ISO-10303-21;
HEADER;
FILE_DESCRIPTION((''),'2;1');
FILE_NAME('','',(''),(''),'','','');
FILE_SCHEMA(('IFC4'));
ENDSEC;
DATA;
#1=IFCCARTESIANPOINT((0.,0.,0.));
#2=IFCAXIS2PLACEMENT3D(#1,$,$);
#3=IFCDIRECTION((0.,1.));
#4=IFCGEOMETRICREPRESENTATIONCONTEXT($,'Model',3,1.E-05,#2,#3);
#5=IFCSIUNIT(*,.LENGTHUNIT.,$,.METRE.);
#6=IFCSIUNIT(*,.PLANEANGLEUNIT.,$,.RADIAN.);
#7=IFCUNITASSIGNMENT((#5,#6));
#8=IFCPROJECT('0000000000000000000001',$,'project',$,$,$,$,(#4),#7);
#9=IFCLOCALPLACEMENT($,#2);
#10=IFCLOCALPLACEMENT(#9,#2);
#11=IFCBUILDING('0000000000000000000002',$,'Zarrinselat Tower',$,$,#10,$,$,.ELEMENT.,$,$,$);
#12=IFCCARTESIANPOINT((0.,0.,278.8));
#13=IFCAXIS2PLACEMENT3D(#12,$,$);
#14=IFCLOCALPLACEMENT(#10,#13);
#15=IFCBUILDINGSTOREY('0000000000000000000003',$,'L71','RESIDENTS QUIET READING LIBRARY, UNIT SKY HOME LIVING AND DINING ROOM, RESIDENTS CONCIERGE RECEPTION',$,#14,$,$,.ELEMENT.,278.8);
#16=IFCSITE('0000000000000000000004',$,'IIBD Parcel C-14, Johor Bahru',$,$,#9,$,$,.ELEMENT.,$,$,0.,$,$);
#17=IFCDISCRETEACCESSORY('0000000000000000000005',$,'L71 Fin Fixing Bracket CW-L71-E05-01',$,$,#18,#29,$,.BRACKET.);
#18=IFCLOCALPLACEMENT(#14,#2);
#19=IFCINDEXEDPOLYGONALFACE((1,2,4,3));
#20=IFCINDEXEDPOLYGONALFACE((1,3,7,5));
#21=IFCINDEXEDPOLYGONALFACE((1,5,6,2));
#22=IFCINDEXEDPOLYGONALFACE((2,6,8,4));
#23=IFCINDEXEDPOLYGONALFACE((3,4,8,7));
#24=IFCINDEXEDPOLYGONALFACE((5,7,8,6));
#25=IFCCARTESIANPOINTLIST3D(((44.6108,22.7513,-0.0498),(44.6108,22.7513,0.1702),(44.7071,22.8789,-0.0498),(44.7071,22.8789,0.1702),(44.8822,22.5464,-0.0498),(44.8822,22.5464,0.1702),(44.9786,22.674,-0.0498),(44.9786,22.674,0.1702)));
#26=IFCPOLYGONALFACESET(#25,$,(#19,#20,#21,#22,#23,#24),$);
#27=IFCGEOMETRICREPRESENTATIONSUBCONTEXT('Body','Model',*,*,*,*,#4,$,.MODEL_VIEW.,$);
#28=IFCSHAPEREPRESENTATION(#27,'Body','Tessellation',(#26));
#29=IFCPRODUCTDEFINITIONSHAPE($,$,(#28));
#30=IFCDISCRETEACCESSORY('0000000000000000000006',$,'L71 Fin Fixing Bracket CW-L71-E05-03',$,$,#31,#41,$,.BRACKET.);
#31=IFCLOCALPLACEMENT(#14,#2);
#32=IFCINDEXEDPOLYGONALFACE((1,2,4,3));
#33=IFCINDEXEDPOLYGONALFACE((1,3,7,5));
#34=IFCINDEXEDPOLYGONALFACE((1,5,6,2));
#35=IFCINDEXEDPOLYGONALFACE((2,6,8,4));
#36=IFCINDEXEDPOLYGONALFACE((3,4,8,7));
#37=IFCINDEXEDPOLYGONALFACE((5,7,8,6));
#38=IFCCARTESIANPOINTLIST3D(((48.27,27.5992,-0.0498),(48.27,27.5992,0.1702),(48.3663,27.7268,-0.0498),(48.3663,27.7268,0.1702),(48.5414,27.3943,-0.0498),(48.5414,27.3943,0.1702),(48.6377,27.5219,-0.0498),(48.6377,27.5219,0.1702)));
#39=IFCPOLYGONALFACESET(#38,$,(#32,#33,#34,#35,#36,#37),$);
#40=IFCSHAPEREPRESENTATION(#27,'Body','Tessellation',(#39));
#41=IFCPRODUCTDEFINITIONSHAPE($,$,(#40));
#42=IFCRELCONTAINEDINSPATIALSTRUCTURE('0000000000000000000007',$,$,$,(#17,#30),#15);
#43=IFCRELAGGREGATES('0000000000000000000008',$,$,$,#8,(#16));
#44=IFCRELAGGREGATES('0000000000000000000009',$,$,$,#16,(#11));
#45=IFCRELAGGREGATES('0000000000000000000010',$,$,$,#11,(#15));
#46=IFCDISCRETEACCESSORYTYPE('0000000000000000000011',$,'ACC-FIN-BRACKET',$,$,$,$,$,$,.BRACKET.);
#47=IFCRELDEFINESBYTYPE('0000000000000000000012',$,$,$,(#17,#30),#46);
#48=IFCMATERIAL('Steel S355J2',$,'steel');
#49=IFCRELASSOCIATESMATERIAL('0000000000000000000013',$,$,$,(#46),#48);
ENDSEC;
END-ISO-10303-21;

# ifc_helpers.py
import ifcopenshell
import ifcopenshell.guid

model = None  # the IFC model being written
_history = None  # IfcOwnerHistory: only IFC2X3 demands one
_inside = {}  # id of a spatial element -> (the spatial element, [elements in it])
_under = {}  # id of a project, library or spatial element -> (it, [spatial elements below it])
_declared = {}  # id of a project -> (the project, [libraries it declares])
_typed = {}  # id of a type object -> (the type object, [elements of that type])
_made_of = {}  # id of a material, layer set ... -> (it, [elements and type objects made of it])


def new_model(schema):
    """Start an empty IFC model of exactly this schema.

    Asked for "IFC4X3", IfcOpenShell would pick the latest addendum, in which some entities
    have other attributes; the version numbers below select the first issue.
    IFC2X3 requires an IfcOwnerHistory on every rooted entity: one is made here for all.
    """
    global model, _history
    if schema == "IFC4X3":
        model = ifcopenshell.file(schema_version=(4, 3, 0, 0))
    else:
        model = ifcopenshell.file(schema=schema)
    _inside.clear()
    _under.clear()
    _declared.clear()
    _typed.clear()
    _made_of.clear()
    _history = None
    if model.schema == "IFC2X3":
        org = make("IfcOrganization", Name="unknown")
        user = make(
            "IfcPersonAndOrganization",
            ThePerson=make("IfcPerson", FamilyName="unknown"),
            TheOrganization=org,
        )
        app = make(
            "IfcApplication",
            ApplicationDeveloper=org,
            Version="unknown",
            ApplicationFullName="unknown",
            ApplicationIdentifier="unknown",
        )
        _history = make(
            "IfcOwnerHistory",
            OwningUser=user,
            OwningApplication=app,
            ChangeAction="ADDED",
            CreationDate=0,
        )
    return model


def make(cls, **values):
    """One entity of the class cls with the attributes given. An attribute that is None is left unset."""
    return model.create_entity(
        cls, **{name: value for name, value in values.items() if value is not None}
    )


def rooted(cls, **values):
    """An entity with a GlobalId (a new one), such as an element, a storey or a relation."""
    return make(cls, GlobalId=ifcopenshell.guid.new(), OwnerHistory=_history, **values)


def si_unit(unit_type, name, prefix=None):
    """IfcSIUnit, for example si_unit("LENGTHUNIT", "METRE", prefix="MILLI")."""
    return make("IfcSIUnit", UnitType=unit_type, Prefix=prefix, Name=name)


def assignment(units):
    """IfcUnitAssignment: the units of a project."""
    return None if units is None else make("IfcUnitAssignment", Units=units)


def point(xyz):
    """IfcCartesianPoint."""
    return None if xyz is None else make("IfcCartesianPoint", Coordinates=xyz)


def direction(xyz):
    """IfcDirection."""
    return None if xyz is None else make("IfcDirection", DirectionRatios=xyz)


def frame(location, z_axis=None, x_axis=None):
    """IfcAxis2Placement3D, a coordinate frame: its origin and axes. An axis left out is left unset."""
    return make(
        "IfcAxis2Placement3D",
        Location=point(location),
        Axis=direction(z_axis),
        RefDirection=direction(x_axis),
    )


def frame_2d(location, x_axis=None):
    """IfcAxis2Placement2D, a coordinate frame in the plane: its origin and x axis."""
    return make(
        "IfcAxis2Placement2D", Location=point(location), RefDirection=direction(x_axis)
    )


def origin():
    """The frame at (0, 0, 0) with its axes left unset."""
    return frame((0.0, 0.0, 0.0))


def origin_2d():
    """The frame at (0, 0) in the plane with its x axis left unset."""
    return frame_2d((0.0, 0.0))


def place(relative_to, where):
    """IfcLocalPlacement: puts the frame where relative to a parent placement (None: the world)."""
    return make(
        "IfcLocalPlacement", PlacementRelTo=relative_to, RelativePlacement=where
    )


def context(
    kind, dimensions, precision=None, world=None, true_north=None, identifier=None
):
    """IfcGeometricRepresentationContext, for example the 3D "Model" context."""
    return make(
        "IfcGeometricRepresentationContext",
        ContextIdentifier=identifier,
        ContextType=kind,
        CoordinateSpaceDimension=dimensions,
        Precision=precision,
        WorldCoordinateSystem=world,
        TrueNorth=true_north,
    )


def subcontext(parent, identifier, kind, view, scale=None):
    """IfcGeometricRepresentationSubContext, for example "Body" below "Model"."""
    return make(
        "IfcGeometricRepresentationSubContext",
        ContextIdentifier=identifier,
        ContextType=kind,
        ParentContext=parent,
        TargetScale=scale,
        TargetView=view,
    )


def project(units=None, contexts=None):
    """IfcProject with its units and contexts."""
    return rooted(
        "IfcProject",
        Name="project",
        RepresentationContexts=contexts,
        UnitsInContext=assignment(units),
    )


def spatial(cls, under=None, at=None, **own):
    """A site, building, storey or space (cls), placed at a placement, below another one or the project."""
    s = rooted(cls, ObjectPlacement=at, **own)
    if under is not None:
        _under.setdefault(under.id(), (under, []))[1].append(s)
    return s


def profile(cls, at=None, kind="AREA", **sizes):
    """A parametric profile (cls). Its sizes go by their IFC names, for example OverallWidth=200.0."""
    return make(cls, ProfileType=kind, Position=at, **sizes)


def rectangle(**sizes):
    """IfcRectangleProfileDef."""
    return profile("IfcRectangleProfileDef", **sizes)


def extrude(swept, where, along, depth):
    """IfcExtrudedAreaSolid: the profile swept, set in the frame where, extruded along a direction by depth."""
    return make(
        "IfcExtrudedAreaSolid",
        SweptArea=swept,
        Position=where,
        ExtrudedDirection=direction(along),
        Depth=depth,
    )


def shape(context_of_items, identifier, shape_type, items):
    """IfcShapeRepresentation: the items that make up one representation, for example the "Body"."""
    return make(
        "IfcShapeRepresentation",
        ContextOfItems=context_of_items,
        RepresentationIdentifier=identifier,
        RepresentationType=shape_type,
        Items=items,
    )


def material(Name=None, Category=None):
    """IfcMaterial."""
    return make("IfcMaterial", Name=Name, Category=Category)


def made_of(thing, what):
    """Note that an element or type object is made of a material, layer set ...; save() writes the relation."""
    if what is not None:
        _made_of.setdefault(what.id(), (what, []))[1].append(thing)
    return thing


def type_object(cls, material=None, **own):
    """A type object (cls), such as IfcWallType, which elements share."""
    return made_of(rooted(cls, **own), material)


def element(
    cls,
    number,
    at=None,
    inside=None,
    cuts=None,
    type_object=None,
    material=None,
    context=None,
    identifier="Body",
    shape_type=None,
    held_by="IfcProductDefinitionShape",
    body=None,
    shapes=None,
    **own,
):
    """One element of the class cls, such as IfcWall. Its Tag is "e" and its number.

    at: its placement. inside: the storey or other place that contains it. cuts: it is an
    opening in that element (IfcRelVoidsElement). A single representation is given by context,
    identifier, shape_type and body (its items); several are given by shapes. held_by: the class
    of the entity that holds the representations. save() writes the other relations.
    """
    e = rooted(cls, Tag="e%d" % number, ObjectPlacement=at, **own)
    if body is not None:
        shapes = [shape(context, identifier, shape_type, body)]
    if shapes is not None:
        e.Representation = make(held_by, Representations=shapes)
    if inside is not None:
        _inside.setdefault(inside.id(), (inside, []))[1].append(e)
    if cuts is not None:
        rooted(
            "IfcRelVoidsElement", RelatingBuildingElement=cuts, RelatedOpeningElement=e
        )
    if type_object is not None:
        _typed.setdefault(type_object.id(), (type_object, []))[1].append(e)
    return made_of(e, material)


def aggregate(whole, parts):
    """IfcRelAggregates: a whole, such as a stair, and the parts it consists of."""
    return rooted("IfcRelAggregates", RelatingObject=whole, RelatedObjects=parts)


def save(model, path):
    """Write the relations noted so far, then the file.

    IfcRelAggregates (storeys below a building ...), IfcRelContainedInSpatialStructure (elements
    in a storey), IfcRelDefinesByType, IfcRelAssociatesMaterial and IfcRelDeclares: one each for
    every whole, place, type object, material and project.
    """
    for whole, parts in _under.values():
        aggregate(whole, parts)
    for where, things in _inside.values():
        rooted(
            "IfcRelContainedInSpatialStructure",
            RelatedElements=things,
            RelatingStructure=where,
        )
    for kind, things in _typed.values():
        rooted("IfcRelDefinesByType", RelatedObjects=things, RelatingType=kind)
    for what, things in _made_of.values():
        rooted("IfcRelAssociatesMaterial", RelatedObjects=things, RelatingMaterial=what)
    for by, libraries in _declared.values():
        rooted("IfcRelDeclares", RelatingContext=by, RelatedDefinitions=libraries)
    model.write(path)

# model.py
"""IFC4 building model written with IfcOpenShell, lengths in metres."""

from ifc_helpers import new_model, si_unit, direction, frame, origin, origin_2d, place, context, subcontext, project, spatial, rectangle, extrude, material, type_object, element, save


model = new_model("IFC4")

# Units and contexts
model_context = context("Model", 3, precision=1e-05, world=origin(), true_north=direction((0.0, 1.0)))
body_context = subcontext(model_context, "Body", "Model", "MODEL_VIEW")
ifc_project = project(units=[si_unit("LENGTHUNIT", "METRE"), si_unit("PLANEANGLEUNIT", "RADIAN")], contexts=[model_context])

# Site, building, storey
site_placement = place(None, origin())
site = spatial("IfcSite", under=ifc_project, at=site_placement, Name="IIBD Parcel C-14, Johor Bahru", CompositionType="ELEMENT", RefElevation=0.0)
building_placement = place(site_placement, origin())
building = spatial("IfcBuilding", under=site, at=building_placement, Name="Zarrinselat Tower", CompositionType="ELEMENT")
storey_placement = place(building_placement, frame((0.0, 0.0, 278.8)))
storey = spatial("IfcBuildingStorey", under=building, at=storey_placement, Name="L71", Description="RESIDENTS QUIET READING LIBRARY, UNIT SKY HOME LIVING AND DINING ROOM, RESIDENTS CONCIERGE RECEPTION", CompositionType="ELEMENT", Elevation=278.8)

# Discrete accessories
ifc_material_1 = material(Name="Steel S355J2", Category="steel")
discrete_accessory_type = type_object("IfcDiscreteAccessoryType", Name="ACC-FIN-BRACKET", PredefinedType="BRACKET", material=ifc_material_1)
for number, where, z_axis, x_axis, name in (
    (1, (44.7947, 22.7126, -0.0498), (0.0, 0.0, 1.0), (0.79816, -0.602445, 0.0), "L71 Fin Fixing Bracket CW-L71-E05-01"),
    (2, (48.4539, 27.5605, -0.0498), (0.0, 0.0, 1.0), (0.79816, -0.602445, 0.0), "L71 Fin Fixing Bracket CW-L71-E05-03"),
):
    element("IfcDiscreteAccessory", number, at=place(storey_placement, frame(where, z_axis=z_axis, x_axis=x_axis)), inside=storey, type_object=discrete_accessory_type, Name=name, PredefinedType="BRACKET", context=body_context, shape_type="SweptSolid", body=[
        extrude(rectangle(XDim=0.3401, YDim=0.1599, at=origin_2d()), origin(), (0.0, 0.0, 1.0), 0.22),
    ])

save(model, "model.ifc")
